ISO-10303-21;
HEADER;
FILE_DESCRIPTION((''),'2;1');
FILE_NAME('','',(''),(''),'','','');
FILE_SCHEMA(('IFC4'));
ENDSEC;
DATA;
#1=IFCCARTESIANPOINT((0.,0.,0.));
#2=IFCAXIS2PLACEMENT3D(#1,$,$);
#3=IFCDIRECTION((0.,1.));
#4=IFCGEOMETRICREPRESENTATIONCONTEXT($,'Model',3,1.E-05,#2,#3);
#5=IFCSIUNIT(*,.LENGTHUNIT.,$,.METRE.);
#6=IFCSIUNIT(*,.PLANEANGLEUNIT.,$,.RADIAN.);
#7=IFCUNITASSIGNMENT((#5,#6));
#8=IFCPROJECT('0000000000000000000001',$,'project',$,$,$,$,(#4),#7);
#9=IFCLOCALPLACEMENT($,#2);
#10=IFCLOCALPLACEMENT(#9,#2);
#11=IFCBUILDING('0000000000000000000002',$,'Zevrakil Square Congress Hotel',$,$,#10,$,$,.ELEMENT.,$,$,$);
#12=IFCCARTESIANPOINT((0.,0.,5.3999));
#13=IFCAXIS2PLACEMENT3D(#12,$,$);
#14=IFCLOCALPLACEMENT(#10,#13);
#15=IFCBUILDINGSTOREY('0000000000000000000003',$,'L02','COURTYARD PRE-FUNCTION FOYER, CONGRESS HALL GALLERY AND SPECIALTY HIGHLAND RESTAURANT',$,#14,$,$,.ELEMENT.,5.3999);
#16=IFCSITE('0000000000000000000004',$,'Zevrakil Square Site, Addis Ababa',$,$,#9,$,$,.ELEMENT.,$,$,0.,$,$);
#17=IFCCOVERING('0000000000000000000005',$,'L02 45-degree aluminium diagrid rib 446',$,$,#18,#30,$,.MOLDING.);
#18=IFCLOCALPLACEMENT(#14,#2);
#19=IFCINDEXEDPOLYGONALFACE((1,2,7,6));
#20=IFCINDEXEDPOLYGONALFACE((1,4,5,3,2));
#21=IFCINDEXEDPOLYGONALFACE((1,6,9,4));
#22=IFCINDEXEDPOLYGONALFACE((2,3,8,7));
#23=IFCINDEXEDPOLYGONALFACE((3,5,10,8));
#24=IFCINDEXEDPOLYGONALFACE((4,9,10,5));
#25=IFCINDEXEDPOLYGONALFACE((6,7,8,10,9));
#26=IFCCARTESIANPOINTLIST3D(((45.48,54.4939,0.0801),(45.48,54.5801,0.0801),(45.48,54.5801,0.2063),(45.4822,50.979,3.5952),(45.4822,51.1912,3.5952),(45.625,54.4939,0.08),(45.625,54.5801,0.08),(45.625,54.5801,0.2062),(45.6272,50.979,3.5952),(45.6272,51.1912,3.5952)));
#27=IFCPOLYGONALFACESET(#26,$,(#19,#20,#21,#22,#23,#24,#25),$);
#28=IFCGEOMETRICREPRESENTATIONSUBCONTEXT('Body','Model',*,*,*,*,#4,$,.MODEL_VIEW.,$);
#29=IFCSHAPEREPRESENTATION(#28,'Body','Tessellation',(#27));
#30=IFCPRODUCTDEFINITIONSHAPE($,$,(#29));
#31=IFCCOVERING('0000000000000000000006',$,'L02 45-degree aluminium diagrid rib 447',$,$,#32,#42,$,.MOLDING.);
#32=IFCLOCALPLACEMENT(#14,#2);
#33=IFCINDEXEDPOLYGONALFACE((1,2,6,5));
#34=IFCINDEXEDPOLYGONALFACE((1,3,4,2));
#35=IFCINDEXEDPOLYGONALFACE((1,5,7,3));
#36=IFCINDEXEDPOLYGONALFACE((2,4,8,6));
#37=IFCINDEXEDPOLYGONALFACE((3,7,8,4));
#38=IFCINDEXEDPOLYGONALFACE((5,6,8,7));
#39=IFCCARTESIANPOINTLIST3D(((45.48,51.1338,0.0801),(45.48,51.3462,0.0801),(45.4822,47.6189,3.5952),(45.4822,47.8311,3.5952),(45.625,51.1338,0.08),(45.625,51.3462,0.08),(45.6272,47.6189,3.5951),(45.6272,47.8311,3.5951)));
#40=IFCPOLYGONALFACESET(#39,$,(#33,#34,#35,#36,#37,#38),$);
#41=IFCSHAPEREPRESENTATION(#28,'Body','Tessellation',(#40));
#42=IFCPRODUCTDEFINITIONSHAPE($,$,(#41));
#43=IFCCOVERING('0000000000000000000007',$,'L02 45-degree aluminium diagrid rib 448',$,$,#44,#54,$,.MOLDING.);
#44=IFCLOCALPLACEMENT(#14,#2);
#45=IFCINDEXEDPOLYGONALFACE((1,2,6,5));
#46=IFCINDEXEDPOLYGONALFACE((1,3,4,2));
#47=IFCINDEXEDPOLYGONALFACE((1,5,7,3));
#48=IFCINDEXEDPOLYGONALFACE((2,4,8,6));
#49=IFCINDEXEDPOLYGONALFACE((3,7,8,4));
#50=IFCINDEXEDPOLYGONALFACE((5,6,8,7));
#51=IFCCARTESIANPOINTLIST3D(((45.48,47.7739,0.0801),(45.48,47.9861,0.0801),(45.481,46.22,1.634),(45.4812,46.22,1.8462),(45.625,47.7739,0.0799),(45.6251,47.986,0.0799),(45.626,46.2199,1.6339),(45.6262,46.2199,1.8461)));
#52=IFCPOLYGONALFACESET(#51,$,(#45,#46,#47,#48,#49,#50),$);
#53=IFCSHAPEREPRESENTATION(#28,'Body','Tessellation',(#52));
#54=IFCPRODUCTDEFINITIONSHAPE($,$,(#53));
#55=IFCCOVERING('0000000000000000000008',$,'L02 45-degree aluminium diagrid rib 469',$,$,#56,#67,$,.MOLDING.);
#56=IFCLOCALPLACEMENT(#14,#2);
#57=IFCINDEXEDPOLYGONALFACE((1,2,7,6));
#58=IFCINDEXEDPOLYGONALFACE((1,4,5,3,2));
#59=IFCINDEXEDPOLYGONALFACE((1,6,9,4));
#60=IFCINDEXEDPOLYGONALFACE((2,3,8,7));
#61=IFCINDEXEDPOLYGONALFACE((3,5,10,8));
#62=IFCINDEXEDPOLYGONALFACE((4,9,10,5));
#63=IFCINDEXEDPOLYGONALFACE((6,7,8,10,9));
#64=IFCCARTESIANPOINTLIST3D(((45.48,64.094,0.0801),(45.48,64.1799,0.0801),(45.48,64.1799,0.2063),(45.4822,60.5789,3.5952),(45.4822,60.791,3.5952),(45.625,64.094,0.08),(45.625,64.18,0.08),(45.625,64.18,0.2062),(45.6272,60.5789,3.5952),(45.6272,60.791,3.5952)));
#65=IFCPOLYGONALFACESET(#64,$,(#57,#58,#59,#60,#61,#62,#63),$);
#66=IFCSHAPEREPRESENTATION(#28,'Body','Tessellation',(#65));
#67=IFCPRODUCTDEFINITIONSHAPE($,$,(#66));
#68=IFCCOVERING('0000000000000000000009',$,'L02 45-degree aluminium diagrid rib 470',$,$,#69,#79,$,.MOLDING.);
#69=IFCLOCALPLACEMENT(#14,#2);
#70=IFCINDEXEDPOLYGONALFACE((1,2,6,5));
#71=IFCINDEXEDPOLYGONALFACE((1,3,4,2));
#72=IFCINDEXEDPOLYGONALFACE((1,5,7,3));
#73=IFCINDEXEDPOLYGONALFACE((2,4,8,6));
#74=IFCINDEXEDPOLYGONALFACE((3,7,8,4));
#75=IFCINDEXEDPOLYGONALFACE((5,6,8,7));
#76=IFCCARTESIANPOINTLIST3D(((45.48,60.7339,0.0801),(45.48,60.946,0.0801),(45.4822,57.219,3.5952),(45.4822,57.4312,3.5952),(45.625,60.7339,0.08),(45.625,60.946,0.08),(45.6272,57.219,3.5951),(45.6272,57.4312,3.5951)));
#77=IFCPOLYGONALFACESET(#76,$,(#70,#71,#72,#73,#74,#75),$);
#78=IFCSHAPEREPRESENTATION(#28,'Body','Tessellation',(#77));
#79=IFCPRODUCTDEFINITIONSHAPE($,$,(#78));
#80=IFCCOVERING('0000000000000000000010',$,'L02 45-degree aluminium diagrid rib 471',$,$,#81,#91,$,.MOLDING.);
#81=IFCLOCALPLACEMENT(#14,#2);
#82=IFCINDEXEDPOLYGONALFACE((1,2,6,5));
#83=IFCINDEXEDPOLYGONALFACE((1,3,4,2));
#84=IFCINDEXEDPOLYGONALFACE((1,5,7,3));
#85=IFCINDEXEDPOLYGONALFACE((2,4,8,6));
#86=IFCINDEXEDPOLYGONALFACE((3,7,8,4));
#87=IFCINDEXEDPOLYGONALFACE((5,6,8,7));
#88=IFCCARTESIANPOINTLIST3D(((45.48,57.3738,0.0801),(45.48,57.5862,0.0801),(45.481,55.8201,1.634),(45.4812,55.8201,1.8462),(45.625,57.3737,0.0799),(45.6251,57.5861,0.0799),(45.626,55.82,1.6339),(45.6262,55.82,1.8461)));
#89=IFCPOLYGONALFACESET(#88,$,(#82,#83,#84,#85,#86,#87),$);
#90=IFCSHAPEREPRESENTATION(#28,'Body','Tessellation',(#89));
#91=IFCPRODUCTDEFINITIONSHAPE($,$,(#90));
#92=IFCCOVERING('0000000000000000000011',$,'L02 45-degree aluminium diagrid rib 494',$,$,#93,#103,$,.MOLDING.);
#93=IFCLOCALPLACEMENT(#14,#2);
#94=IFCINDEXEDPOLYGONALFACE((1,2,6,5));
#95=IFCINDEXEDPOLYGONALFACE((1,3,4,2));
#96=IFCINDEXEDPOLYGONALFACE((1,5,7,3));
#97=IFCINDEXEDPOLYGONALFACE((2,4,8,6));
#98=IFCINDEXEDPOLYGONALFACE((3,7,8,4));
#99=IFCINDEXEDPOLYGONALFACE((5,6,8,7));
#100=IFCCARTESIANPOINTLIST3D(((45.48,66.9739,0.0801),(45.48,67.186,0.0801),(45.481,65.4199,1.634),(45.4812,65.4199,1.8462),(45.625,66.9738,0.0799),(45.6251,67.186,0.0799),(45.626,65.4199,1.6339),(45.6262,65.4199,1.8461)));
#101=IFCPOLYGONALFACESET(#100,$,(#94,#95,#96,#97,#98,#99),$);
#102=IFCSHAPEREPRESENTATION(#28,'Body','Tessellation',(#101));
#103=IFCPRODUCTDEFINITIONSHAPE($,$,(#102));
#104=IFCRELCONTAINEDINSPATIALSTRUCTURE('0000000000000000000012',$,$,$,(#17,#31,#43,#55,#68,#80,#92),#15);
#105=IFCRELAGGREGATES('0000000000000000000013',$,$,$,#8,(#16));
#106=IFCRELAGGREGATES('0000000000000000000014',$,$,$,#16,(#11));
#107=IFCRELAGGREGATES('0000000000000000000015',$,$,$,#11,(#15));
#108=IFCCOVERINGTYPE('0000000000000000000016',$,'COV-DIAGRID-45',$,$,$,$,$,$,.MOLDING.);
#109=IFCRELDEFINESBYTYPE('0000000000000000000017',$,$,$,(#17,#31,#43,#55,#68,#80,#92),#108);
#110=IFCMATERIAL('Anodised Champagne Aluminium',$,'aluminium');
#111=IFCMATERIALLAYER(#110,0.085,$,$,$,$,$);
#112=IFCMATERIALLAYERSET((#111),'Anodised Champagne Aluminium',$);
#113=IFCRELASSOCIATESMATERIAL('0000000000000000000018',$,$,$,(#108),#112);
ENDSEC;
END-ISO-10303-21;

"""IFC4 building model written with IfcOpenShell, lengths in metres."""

from ifc_helpers import new_model, si_unit, direction, frame, origin, place, context, subcontext, project, spatial, polyline, outline, extrude, material, layer, layer_set, type_object, element, save


model = new_model("IFC4")

# Units and contexts
model_context = context("Model", 3, precision=1e-05, world=origin(), true_north=direction((0.0, 1.0)))
body_context = subcontext(model_context, "Body", "Model", "MODEL_VIEW")
ifc_project = project(units=[si_unit("LENGTHUNIT", "METRE"), si_unit("PLANEANGLEUNIT", "RADIAN")], contexts=[model_context])

# Site, building, storey
site_placement = place(None, origin())
site = spatial("IfcSite", under=ifc_project, at=site_placement, Name="Zevrakil Square Site, Addis Ababa", CompositionType="ELEMENT", RefElevation=0.0)
building_placement = place(site_placement, origin())
building = spatial("IfcBuilding", under=site, at=building_placement, Name="Zevrakil Square Congress Hotel", CompositionType="ELEMENT")
storey_placement = place(building_placement, frame((0.0, 0.0, 5.3999)))
storey = spatial("IfcBuildingStorey", under=building, at=storey_placement, Name="L02", Description="COURTYARD PRE-FUNCTION FOYER, CONGRESS HALL GALLERY AND SPECIALTY HIGHLAND RESTAURANT", CompositionType="ELEMENT", Elevation=5.3999)

# Coverings
ifc_material_1 = material(Name="Anodised Champagne Aluminium", Category="aluminium")
ifc_layer = layer(ifc_material_1, 0.085)
ifc_layer_set = layer_set([ifc_layer], Name="Anodised Champagne Aluminium")
covering_type = type_object("IfcCoveringType", Name="COV-DIAGRID-45", PredefinedType="MOLDING", material=ifc_layer_set)
covering_1_placement = place(storey_placement, frame((45.48, 54.4939, 0.0801), z_axis=(-1.0, -0.000188, 0.000444), x_axis=(-0.000188, 1.0, 0.0)))
element("IfcCovering", 1, at=covering_1_placement, inside=storey, type_object=covering_type, Name="L02 45-degree aluminium diagrid rib 446", PredefinedType="MOLDING", context=body_context, shape_type="SweptSolid", body=[
    extrude(outline(polyline([(0.0, 0.0), (0.0862, 0.0), (0.0862, -0.1262), (-3.3027, -3.5151), (-3.5149, -3.5151), (0.0, 0.0)])), origin(), (0.0, 0.0, -1.0), 0.145),
])
covering_2_placement = place(storey_placement, frame((45.48, 51.1338, 0.0801), z_axis=(-1.0, 0.0, 0.000625), x_axis=(0.0, 1.0, 0.0)))
element("IfcCovering", 2, at=covering_2_placement, inside=storey, type_object=covering_type, Name="L02 45-degree aluminium diagrid rib 447", PredefinedType="MOLDING", context=body_context, shape_type="SweptSolid", body=[
    extrude(outline(polyline([(0.0, 0.0), (0.2124, 0.0), (-3.3027, -3.5151), (-3.5149, -3.5151), (0.0, 0.0)])), origin(), (0.0, 0.0, -1.0), 0.145),
])
covering_3_placement = place(storey_placement, frame((45.48, 47.7739, 0.0801), z_axis=(-1.0, 0.000244, 0.000906), x_axis=(0.000244, 1.0, 0.0)))
element("IfcCovering", 3, at=covering_3_placement, inside=storey, type_object=covering_type, Name="L02 45-degree aluminium diagrid rib 448", PredefinedType="MOLDING", context=body_context, shape_type="SweptSolid", body=[
    extrude(outline(polyline([(0.0, 0.0), (0.2122, 0.0), (-1.554, -1.7661), (-1.554, -1.554), (0.0, 0.0)])), origin(), (0.0, 0.0, -1.0), 0.145),
])
covering_4_placement = place(storey_placement, frame((45.48, 64.094, 0.0801), z_axis=(-1.0, -0.000188, 0.000444), x_axis=(-0.000188, 1.0, 0.0)))
element("IfcCovering", 4, at=covering_4_placement, inside=storey, type_object=covering_type, Name="L02 45-degree aluminium diagrid rib 469", PredefinedType="MOLDING", context=body_context, shape_type="SweptSolid", body=[
    extrude(outline(polyline([(0.0, 0.0), (0.0859, 0.0), (0.0859, -0.1262), (-3.303, -3.5151), (-3.5151, -3.5151), (0.0, 0.0)])), origin(), (0.0, 0.0, -1.0), 0.145),
])
covering_5_placement = place(storey_placement, frame((45.48, 60.7339, 0.0801), z_axis=(-1.0, 0.0, 0.000625), x_axis=(0.0, 1.0, 0.0)))
element("IfcCovering", 5, at=covering_5_placement, inside=storey, type_object=covering_type, Name="L02 45-degree aluminium diagrid rib 470", PredefinedType="MOLDING", context=body_context, shape_type="SweptSolid", body=[
    extrude(outline(polyline([(0.0, 0.0), (0.2122, 0.0), (-3.3027, -3.5151), (-3.5149, -3.5151), (0.0, 0.0)])), origin(), (0.0, 0.0, -1.0), 0.145),
])
covering_6_placement = place(storey_placement, frame((45.48, 57.3738, 0.0801), z_axis=(-1.0, 0.000244, 0.000906), x_axis=(0.000244, 1.0, 0.0)))
element("IfcCovering", 6, at=covering_6_placement, inside=storey, type_object=covering_type, Name="L02 45-degree aluminium diagrid rib 471", PredefinedType="MOLDING", context=body_context, shape_type="SweptSolid", body=[
    extrude(outline(polyline([(0.0, 0.0), (0.2124, 0.0), (-1.5537, -1.7661), (-1.5537, -1.554), (0.0, 0.0)])), origin(), (0.0, 0.0, -1.0), 0.145),
])
covering_7_placement = place(storey_placement, frame((45.48, 66.9739, 0.0801), z_axis=(-1.0, 0.000244, 0.000906), x_axis=(0.000244, 1.0, 0.0)))
element("IfcCovering", 7, at=covering_7_placement, inside=storey, type_object=covering_type, Name="L02 45-degree aluminium diagrid rib 494", PredefinedType="MOLDING", context=body_context, shape_type="SweptSolid", body=[
    extrude(outline(polyline([(0.0, 0.0), (0.2122, 0.0), (-1.554, -1.7661), (-1.554, -1.554), (0.0, 0.0)])), origin(), (0.0, 0.0, -1.0), 0.145),
])

save(model, "model.ifc")
